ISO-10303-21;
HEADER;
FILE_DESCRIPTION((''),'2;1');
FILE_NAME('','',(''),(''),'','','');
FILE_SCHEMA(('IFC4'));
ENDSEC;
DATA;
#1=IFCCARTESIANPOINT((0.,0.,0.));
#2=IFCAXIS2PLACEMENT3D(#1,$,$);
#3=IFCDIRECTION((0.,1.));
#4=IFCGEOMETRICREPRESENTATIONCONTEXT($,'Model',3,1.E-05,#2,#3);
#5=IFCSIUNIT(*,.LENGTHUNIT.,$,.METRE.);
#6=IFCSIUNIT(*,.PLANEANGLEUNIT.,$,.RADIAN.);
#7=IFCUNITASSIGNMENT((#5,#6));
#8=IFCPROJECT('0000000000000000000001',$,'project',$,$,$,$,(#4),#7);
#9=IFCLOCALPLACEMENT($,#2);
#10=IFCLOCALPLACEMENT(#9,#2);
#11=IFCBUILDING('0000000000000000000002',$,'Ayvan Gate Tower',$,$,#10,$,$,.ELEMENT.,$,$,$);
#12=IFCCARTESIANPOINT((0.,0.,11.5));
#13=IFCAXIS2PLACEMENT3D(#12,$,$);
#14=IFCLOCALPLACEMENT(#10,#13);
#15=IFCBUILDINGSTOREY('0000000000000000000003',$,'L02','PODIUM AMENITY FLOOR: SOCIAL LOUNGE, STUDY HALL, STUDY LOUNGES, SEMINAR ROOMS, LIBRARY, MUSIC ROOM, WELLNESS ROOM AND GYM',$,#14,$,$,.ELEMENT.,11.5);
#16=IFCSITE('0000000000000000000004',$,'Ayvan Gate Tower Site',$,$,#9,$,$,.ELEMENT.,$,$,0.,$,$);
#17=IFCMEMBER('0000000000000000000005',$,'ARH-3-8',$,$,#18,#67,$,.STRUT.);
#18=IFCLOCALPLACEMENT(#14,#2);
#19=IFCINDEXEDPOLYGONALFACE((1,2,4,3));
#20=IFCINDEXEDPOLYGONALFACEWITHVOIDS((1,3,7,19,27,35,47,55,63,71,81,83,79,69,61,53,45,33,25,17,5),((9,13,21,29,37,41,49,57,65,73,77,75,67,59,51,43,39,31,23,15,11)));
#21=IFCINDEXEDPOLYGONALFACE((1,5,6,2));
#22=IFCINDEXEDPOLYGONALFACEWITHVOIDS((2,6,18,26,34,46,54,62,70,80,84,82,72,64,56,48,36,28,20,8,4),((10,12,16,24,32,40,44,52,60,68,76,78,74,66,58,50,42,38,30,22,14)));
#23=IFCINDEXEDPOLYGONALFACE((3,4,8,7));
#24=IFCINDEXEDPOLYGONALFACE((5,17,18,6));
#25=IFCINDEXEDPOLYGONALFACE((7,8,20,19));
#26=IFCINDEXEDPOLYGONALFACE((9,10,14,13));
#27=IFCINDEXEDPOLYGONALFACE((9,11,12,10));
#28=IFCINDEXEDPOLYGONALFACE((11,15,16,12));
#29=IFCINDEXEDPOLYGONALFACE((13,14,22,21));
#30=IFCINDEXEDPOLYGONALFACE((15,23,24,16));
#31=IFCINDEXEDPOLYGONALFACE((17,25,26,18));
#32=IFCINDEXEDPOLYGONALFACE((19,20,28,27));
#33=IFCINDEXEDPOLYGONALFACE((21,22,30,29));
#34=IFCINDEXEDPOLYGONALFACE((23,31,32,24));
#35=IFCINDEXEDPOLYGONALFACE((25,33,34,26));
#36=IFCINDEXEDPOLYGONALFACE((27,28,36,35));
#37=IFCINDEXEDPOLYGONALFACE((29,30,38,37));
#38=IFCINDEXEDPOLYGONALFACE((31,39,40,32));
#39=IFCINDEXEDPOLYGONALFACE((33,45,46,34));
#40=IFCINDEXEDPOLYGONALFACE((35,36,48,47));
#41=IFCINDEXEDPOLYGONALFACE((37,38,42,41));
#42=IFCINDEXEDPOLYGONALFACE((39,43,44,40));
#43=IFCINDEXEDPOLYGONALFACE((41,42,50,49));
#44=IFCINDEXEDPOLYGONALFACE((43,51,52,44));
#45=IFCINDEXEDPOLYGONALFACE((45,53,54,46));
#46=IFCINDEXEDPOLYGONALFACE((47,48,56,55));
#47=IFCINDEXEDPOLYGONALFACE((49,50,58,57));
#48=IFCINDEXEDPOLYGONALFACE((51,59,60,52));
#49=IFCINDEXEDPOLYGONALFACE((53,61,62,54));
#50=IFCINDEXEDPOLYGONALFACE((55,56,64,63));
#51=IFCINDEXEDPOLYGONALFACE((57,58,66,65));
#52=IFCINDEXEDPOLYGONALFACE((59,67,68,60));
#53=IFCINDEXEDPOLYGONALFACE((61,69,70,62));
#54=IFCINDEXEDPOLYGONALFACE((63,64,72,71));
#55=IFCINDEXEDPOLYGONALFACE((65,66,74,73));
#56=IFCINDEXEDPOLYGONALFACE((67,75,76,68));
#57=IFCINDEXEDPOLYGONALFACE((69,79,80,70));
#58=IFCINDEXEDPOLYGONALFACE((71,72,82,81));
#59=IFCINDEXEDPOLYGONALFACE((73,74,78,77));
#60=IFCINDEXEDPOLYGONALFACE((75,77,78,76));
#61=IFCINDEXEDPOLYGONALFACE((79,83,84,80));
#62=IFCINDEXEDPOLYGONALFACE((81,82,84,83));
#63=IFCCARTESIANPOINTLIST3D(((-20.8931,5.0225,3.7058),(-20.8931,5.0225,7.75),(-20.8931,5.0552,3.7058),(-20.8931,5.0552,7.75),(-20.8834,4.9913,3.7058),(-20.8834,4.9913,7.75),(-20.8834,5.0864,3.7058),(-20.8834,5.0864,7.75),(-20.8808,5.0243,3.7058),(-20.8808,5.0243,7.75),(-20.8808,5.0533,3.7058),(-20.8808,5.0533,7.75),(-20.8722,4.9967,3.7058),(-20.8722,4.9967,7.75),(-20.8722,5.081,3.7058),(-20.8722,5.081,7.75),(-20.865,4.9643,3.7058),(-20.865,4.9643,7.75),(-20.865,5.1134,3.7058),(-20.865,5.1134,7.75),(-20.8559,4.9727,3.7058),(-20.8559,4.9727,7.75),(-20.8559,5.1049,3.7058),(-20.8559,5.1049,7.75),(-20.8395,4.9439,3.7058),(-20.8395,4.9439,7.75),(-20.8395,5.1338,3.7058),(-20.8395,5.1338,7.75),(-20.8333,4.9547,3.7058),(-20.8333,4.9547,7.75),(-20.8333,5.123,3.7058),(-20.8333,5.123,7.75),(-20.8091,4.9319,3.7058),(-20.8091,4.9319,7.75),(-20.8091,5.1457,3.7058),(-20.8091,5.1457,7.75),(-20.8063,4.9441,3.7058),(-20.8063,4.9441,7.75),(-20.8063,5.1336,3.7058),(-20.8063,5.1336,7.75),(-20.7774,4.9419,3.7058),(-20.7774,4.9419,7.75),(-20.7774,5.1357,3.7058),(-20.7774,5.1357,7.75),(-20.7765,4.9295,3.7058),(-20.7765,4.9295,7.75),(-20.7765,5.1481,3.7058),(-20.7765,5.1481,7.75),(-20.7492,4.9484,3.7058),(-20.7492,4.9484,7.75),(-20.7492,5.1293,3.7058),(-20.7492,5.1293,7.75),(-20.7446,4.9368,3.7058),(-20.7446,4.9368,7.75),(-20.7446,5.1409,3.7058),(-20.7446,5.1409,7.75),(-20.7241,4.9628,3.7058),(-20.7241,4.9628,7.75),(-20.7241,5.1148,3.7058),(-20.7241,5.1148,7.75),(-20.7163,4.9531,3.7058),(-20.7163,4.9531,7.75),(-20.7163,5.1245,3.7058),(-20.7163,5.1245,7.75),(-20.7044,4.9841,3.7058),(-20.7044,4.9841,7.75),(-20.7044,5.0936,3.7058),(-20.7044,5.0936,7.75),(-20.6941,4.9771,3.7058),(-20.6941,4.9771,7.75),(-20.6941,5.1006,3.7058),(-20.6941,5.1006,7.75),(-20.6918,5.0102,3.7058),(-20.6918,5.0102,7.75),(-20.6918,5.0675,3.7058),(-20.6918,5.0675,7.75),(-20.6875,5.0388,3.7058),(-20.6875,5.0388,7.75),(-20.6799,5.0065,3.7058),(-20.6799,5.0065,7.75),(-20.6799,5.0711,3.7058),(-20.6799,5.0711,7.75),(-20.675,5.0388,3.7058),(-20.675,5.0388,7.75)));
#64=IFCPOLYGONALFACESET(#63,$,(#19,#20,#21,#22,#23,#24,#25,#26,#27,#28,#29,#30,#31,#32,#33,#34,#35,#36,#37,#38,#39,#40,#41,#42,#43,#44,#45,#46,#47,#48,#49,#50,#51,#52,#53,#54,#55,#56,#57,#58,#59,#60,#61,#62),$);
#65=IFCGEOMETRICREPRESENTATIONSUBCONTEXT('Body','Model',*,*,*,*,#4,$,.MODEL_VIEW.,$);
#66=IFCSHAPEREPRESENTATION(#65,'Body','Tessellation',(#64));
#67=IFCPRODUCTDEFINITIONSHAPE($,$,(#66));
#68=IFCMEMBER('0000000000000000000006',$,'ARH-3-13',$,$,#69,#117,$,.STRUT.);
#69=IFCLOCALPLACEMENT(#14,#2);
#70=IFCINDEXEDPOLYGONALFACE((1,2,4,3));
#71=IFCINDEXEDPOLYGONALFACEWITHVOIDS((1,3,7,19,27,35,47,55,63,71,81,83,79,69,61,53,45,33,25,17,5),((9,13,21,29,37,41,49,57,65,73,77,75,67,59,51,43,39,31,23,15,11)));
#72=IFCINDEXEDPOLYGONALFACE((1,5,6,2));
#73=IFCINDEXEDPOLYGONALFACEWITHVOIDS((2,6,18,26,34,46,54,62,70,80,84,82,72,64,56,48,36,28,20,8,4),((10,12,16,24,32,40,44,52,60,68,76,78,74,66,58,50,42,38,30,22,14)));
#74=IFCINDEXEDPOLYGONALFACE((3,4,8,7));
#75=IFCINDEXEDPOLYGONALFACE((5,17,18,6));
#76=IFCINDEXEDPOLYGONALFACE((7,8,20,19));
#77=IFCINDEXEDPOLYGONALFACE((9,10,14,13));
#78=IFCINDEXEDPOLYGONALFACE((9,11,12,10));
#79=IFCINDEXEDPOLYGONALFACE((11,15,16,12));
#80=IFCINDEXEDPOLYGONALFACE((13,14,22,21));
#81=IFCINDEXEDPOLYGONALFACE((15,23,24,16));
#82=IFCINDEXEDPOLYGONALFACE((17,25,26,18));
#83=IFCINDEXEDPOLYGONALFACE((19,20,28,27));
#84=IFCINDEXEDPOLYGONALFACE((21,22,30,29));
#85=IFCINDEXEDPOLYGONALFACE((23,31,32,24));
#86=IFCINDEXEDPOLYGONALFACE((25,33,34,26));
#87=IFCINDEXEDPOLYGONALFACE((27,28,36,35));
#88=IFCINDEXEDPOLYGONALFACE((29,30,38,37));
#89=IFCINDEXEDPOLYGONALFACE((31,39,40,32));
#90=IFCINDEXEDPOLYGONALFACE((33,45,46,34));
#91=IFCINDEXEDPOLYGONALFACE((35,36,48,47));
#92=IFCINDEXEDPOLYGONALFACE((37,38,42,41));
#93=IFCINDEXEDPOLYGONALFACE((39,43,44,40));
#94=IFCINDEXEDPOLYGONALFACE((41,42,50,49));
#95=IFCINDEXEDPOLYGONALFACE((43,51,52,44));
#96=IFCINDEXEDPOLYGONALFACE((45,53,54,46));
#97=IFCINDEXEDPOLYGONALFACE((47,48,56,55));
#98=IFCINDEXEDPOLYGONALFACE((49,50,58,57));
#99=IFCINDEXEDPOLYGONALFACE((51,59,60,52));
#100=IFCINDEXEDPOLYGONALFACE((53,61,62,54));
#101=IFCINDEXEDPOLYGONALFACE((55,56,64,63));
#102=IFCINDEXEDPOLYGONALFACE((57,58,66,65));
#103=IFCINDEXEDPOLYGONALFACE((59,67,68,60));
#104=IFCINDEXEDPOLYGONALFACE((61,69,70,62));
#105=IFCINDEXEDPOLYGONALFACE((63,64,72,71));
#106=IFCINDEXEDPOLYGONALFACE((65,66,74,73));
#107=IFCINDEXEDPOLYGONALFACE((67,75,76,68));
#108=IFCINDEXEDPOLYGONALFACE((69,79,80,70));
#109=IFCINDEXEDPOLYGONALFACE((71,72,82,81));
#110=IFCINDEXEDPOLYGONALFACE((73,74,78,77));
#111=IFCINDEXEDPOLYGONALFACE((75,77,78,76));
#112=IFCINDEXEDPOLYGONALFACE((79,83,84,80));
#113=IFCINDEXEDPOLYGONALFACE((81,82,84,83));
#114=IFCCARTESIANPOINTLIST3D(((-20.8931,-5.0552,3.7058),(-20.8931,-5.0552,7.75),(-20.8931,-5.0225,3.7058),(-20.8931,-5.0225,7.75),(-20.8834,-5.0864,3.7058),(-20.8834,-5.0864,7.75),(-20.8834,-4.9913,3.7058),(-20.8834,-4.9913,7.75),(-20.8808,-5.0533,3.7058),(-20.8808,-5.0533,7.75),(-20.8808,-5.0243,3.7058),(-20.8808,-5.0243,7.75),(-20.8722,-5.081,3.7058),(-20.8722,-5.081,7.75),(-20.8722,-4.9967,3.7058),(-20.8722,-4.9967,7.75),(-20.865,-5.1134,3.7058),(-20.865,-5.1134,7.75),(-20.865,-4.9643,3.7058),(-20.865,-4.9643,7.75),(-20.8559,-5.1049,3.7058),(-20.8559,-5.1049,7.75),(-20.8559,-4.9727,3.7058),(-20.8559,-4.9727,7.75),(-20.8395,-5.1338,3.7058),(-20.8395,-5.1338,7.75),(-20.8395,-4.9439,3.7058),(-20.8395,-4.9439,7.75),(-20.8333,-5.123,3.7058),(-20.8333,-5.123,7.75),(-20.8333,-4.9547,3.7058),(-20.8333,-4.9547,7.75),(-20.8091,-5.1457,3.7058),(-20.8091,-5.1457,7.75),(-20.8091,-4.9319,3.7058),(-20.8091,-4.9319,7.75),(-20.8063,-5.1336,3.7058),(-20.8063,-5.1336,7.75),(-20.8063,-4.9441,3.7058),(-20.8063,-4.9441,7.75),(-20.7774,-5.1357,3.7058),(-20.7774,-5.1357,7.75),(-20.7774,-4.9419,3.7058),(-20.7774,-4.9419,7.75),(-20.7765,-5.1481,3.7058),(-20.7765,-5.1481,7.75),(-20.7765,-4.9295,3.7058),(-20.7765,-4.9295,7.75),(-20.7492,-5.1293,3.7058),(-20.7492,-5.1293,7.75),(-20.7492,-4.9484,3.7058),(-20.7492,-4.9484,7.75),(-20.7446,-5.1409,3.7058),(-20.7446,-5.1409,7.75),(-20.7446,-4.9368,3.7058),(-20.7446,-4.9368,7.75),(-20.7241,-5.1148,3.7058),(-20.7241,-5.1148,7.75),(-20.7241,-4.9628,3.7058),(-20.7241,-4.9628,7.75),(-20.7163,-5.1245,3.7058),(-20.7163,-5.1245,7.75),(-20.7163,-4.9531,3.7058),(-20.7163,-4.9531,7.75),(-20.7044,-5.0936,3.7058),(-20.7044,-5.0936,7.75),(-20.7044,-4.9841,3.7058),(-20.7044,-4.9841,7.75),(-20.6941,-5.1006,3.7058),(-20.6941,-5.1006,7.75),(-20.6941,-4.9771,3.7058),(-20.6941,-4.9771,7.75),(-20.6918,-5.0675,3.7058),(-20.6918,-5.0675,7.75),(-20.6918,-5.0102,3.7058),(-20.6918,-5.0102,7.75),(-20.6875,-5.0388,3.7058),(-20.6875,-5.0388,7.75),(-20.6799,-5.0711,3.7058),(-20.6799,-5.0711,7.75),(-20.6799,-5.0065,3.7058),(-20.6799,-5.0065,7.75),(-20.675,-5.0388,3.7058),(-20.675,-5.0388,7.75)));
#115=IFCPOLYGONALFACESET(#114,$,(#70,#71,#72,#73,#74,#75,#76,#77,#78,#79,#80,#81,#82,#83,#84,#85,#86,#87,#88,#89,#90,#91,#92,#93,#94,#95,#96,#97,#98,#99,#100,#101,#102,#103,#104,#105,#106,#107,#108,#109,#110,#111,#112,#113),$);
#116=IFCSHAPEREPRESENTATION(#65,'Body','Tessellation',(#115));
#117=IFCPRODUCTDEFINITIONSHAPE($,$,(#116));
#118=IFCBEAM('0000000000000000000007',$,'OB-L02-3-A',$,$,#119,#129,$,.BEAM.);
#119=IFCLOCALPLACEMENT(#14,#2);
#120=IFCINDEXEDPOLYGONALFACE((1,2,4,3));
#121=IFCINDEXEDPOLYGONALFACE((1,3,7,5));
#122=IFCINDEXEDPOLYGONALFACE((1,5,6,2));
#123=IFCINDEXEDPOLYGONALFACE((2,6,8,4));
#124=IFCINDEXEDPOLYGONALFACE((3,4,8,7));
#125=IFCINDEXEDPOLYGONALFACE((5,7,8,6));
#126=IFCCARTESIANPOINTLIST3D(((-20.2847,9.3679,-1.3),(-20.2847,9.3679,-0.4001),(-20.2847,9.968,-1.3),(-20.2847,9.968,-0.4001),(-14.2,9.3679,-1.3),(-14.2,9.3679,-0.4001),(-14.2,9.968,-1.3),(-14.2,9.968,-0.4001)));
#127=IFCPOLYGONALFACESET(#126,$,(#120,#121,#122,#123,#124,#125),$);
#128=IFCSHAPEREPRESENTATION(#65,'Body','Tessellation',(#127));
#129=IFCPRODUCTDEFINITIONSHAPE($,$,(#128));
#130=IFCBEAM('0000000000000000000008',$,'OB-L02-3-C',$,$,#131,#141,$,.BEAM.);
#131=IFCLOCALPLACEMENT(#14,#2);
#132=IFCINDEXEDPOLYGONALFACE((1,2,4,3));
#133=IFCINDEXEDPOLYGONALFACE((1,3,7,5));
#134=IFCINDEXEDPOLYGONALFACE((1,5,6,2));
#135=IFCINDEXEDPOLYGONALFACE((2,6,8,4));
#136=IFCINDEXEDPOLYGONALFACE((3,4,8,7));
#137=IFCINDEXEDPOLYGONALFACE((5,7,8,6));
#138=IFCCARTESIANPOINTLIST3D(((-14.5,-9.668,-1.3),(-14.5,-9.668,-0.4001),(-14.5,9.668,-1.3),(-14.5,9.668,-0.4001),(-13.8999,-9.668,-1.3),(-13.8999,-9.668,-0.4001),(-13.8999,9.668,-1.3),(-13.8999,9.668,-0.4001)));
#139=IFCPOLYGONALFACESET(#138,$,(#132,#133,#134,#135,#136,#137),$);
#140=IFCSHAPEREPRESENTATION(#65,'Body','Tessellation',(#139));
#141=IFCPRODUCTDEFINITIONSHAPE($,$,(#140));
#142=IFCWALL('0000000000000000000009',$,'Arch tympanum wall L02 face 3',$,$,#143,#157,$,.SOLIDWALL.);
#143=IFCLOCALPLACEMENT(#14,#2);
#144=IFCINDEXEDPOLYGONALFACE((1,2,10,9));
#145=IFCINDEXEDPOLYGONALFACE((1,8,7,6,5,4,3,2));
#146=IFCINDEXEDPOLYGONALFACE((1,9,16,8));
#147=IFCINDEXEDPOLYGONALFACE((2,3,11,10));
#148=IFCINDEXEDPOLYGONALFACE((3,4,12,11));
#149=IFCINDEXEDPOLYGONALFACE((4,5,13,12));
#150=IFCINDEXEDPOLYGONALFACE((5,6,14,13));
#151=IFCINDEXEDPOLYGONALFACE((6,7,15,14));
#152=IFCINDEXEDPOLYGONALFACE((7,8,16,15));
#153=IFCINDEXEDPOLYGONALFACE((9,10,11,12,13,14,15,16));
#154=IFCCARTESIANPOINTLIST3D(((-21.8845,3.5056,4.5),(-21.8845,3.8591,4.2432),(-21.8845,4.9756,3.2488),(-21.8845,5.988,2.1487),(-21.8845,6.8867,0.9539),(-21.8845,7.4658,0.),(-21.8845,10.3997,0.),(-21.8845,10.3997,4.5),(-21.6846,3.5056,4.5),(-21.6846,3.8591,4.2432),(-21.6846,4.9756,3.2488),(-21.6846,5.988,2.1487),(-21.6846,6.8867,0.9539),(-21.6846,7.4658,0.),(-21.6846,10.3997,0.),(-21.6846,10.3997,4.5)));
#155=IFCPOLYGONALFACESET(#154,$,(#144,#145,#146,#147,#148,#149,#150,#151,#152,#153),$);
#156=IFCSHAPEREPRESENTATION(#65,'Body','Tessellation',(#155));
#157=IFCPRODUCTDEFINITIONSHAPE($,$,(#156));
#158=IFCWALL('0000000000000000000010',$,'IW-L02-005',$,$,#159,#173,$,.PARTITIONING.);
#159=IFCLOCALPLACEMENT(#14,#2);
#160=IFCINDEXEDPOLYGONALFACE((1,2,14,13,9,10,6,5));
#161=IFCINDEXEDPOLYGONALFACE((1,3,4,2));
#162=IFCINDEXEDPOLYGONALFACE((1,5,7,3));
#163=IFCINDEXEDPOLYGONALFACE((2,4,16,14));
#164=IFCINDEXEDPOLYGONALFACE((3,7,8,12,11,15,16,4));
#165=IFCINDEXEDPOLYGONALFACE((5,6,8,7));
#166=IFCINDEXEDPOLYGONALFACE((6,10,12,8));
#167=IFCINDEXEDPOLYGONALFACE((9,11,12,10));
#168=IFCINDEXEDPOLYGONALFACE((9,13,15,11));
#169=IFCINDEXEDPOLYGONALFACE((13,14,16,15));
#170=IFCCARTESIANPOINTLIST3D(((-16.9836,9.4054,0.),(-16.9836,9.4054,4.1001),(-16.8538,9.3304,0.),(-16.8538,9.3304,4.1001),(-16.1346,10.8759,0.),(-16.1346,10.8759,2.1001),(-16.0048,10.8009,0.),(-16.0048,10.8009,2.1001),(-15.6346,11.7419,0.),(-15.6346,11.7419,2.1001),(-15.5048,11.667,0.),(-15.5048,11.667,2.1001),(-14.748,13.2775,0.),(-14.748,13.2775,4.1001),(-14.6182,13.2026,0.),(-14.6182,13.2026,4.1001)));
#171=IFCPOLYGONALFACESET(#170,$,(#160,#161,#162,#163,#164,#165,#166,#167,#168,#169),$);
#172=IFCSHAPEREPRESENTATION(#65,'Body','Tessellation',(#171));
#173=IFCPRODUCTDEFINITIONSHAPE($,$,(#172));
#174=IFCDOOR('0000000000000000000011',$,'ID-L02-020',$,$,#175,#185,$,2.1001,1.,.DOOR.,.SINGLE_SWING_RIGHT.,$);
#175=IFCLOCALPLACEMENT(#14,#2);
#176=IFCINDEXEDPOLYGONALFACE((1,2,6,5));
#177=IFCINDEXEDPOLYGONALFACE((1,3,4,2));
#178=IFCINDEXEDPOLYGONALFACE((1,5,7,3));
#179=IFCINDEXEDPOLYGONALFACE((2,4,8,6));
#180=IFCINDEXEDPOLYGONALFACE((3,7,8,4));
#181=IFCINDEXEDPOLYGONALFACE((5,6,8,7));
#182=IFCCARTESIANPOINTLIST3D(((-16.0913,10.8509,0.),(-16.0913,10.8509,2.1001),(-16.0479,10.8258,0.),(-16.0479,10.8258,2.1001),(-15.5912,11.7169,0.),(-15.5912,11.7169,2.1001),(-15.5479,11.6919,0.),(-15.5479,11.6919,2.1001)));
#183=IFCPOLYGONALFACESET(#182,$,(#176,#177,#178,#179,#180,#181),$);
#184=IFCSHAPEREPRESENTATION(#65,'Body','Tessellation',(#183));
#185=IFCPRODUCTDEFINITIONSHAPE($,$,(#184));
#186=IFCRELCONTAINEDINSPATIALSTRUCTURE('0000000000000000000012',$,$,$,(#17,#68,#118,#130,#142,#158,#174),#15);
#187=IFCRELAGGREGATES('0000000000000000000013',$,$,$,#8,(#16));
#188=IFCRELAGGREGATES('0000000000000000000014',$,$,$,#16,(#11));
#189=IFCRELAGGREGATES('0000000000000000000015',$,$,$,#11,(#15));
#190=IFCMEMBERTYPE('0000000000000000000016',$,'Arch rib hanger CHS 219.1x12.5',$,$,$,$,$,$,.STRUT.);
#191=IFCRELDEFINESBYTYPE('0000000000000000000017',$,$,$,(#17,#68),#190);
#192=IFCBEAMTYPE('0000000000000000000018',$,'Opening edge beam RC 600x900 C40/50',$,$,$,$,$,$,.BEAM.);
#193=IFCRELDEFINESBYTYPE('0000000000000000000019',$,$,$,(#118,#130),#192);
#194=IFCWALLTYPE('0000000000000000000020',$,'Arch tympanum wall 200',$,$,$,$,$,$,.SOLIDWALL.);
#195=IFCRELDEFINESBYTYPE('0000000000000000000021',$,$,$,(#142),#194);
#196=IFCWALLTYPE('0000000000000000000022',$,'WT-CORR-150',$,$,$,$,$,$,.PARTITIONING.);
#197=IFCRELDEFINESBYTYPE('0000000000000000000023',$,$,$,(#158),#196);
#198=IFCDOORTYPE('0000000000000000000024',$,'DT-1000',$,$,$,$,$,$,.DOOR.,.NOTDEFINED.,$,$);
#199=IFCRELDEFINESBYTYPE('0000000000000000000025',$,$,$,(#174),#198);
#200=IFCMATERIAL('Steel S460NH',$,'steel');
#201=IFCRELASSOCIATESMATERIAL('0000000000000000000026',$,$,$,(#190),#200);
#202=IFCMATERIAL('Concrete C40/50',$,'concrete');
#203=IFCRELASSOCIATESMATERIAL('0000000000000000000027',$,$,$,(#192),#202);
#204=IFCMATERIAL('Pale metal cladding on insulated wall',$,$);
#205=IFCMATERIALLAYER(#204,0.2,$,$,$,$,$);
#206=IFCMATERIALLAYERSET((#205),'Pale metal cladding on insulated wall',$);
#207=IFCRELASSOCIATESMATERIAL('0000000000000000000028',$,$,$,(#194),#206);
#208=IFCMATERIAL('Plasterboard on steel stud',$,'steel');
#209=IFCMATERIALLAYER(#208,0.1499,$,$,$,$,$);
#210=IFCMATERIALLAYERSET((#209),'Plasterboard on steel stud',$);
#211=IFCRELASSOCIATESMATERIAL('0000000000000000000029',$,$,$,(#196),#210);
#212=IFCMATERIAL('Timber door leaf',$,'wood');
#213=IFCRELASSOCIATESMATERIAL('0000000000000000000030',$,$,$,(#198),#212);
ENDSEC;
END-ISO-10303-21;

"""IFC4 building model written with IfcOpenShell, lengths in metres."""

from ifc_helpers import new_model, si_unit, direction, frame, frame_2d, origin, origin_2d, place, context, subcontext, project, spatial, polyline, rectangle, hollow_circle, outline, extrude, material, layer, layer_set, material_profile, profile_set, type_object, element, fill, save


model = new_model("IFC4")

# Units and contexts
model_context = context("Model", 3, precision=1e-05, world=origin(), true_north=direction((0.0, 1.0)))
body_context = subcontext(model_context, "Body", "Model", "MODEL_VIEW")
ifc_project = project(units=[si_unit("LENGTHUNIT", "METRE"), si_unit("PLANEANGLEUNIT", "RADIAN")], contexts=[model_context])

# Site, building, storey
site_placement = place(None, origin())
site = spatial("IfcSite", under=ifc_project, at=site_placement, Name="Ayvan Gate Tower Site", CompositionType="ELEMENT", RefElevation=0.0)
building_placement = place(site_placement, origin())
building = spatial("IfcBuilding", under=site, at=building_placement, Name="Ayvan Gate Tower", CompositionType="ELEMENT")
storey_placement = place(building_placement, frame((0.0, 0.0, 11.5)))
storey = spatial("IfcBuildingStorey", under=building, at=storey_placement, Name="L02", Description="PODIUM AMENITY FLOOR: SOCIAL LOUNGE, STUDY HALL, STUDY LOUNGES, SEMINAR ROOMS, LIBRARY, MUSIC ROOM, WELLNESS ROOM AND GYM", CompositionType="ELEMENT", Elevation=11.5)

# Members
ifc_material_1 = material(Name="Steel S460NH", Category="steel")
ifc_material_profile_1 = material_profile(ifc_material_1, hollow_circle(Radius=0.1096, WallThickness=0.0125, at=origin_2d()), Name="CHS 219.1x12.5")
ifc_profile_set_1 = profile_set([ifc_material_profile_1], Name="Steel S460NH")
member_type = type_object("IfcMemberType", Name="Arch rib hanger CHS 219.1x12.5", PredefinedType="STRUT", material=ifc_profile_set_1)
for number, where, z_axis, x_axis, name in (
    (1, (-20.7847, 5.0388, 3.7058), (0.0, 0.0, 1.0), (1.0, 0.0, 0.0), "ARH-3-8"),
    (2, (-20.7847, -5.0388, 3.7058), (0.0, 0.0, 1.0), (1.0, 0.0, 0.0), "ARH-3-13"),
):
    element("IfcMember", number, at=place(storey_placement, frame(where, z_axis=z_axis, x_axis=x_axis)), inside=storey, type_object=member_type, Name=name, PredefinedType="STRUT", context=body_context, shape_type="SweptSolid", body=[
        extrude(hollow_circle(Radius=0.1096, WallThickness=0.0125, at=origin_2d()), origin(), (0.0, 0.0, 1.0), 4.0442),
    ])

# Beams
ifc_material_2 = material(Name="Concrete C40/50", Category="concrete")
ifc_material_profile_2 = material_profile(ifc_material_2, rectangle(XDim=0.6001, YDim=0.8999, at=origin_2d()), Name="RC 600x900")
ifc_profile_set_2 = profile_set([ifc_material_profile_2], Name="Concrete C40/50")
beam_type_1 = type_object("IfcBeamType", Name="Opening edge beam RC 600x900 C40/50", PredefinedType="BEAM", material=ifc_profile_set_2)
beam_1_placement = place(storey_placement, frame((-20.2847, 9.668, -0.8501), z_axis=(1.0, 0.0, 0.0), x_axis=(0.0, 1.0, 0.0)))
element("IfcBeam", 3, at=beam_1_placement, inside=storey, type_object=beam_type_1, Name="OB-L02-3-A", PredefinedType="BEAM", context=body_context, shape_type="SweptSolid", body=[
    extrude(rectangle(XDim=0.6001, YDim=0.8999, at=origin_2d()), origin(), (0.0, 0.0, 1.0), 6.0847),
])
beam_2_placement = place(storey_placement, frame((-14.2, 9.668, -0.8501), z_axis=(0.0, -1.0, 0.0), x_axis=(1.0, 0.0, 0.0)))
element("IfcBeam", 4, at=beam_2_placement, inside=storey, type_object=beam_type_1, Name="OB-L02-3-C", PredefinedType="BEAM", context=body_context, shape_type="SweptSolid", body=[
    extrude(rectangle(XDim=0.6001, YDim=0.8999, at=origin_2d()), origin(), (0.0, 0.0, 1.0), 19.3359),
])

# Wall
ifc_material_3 = material(Name="Pale metal cladding on insulated wall")
ifc_layer_1 = layer(ifc_material_3, 0.2)
ifc_layer_set_1 = layer_set([ifc_layer_1], Name="Pale metal cladding on insulated wall")
wall_type_1 = type_object("IfcWallType", Name="Arch tympanum wall 200", PredefinedType="SOLIDWALL", material=ifc_layer_set_1)
wall_1_placement = place(storey_placement, frame((-21.6846, 10.3997, 4.5), z_axis=(1.0, 0.0, 0.0), x_axis=(0.0, -1.0, 0.0)))
element("IfcWall", 5, at=wall_1_placement, inside=storey, type_object=wall_type_1, Name="Arch tympanum wall L02 face 3", PredefinedType="SOLIDWALL", context=body_context, shape_type="SweptSolid", body=[
    extrude(outline(polyline([(0.0, 0.0), (6.894, 0.0), (6.5405, 0.2568), (5.4241, 1.2512), (4.4116, 2.3513), (3.5129, 3.5461), (2.9338, 4.5), (0.0, 4.5), (0.0, 0.0)])), origin(), (0.0, 0.0, -1.0), 0.2),
])

# Wall, opening, door
ifc_material_4 = material(Name="Plasterboard on steel stud", Category="steel")
ifc_layer_2 = layer(ifc_material_4, 0.1499)
ifc_layer_set_2 = layer_set([ifc_layer_2], Name="Plasterboard on steel stud")
wall_type_2 = type_object("IfcWallType", Name="WT-CORR-150", PredefinedType="PARTITIONING", material=ifc_layer_set_2)
wall_2_placement = place(storey_placement, frame((-16.9187, 9.3679, 0.0), z_axis=(0.0, 0.0, 1.0), x_axis=(0.500009, 0.86602, 0.0)))
wall_2 = element("IfcWall", 6, at=wall_2_placement, inside=storey, type_object=wall_type_2, Name="IW-L02-005", PredefinedType="PARTITIONING", context=body_context, shape_type="SweptSolid", body=[
    extrude(rectangle(XDim=4.4712, YDim=0.1499, at=frame_2d((2.2356, 0.0))), origin(), (0.0, 0.0, 1.0), 4.1001),
])
opening_placement = place(wall_2_placement, frame((1.698, 0.0, 0.0)))
opening = element("IfcOpeningElement", 7, at=opening_placement, cuts=wall_2, PredefinedType="OPENING", context=body_context, shape_type="SweptSolid", body=[
    extrude(rectangle(XDim=1.0, YDim=2.1001, at=frame_2d((0.5, 1.05))), frame((0.0, 0.085, 0.0), z_axis=(0.0, -1.0, 0.0), x_axis=(1.0, 0.0, 0.0)), (0.0, 0.0, 1.0), 0.1699),
])
ifc_material_5 = material(Name="Timber door leaf", Category="wood")
door_type = type_object("IfcDoorType", Name="DT-1000", OperationType="NOTDEFINED", PredefinedType="DOOR", material=ifc_material_5)
door_placement = place(opening_placement, origin())
door = element("IfcDoor", 8, at=door_placement, inside=storey, type_object=door_type, Name="ID-L02-020", OperationType="SINGLE_SWING_RIGHT", OverallHeight=2.1001, OverallWidth=1.0, PredefinedType="DOOR", context=body_context, shape_type="SweptSolid", body=[
    extrude(rectangle(XDim=1.0, YDim=2.1001, at=frame_2d((0.5, 1.05))), frame((0.0, 0.0249, 0.0), z_axis=(0.0, -1.0, 0.0), x_axis=(1.0, 0.0, 0.0)), (0.0, 0.0, 1.0), 0.05),
])
fill(opening, door)

save(model, "model.ifc")
